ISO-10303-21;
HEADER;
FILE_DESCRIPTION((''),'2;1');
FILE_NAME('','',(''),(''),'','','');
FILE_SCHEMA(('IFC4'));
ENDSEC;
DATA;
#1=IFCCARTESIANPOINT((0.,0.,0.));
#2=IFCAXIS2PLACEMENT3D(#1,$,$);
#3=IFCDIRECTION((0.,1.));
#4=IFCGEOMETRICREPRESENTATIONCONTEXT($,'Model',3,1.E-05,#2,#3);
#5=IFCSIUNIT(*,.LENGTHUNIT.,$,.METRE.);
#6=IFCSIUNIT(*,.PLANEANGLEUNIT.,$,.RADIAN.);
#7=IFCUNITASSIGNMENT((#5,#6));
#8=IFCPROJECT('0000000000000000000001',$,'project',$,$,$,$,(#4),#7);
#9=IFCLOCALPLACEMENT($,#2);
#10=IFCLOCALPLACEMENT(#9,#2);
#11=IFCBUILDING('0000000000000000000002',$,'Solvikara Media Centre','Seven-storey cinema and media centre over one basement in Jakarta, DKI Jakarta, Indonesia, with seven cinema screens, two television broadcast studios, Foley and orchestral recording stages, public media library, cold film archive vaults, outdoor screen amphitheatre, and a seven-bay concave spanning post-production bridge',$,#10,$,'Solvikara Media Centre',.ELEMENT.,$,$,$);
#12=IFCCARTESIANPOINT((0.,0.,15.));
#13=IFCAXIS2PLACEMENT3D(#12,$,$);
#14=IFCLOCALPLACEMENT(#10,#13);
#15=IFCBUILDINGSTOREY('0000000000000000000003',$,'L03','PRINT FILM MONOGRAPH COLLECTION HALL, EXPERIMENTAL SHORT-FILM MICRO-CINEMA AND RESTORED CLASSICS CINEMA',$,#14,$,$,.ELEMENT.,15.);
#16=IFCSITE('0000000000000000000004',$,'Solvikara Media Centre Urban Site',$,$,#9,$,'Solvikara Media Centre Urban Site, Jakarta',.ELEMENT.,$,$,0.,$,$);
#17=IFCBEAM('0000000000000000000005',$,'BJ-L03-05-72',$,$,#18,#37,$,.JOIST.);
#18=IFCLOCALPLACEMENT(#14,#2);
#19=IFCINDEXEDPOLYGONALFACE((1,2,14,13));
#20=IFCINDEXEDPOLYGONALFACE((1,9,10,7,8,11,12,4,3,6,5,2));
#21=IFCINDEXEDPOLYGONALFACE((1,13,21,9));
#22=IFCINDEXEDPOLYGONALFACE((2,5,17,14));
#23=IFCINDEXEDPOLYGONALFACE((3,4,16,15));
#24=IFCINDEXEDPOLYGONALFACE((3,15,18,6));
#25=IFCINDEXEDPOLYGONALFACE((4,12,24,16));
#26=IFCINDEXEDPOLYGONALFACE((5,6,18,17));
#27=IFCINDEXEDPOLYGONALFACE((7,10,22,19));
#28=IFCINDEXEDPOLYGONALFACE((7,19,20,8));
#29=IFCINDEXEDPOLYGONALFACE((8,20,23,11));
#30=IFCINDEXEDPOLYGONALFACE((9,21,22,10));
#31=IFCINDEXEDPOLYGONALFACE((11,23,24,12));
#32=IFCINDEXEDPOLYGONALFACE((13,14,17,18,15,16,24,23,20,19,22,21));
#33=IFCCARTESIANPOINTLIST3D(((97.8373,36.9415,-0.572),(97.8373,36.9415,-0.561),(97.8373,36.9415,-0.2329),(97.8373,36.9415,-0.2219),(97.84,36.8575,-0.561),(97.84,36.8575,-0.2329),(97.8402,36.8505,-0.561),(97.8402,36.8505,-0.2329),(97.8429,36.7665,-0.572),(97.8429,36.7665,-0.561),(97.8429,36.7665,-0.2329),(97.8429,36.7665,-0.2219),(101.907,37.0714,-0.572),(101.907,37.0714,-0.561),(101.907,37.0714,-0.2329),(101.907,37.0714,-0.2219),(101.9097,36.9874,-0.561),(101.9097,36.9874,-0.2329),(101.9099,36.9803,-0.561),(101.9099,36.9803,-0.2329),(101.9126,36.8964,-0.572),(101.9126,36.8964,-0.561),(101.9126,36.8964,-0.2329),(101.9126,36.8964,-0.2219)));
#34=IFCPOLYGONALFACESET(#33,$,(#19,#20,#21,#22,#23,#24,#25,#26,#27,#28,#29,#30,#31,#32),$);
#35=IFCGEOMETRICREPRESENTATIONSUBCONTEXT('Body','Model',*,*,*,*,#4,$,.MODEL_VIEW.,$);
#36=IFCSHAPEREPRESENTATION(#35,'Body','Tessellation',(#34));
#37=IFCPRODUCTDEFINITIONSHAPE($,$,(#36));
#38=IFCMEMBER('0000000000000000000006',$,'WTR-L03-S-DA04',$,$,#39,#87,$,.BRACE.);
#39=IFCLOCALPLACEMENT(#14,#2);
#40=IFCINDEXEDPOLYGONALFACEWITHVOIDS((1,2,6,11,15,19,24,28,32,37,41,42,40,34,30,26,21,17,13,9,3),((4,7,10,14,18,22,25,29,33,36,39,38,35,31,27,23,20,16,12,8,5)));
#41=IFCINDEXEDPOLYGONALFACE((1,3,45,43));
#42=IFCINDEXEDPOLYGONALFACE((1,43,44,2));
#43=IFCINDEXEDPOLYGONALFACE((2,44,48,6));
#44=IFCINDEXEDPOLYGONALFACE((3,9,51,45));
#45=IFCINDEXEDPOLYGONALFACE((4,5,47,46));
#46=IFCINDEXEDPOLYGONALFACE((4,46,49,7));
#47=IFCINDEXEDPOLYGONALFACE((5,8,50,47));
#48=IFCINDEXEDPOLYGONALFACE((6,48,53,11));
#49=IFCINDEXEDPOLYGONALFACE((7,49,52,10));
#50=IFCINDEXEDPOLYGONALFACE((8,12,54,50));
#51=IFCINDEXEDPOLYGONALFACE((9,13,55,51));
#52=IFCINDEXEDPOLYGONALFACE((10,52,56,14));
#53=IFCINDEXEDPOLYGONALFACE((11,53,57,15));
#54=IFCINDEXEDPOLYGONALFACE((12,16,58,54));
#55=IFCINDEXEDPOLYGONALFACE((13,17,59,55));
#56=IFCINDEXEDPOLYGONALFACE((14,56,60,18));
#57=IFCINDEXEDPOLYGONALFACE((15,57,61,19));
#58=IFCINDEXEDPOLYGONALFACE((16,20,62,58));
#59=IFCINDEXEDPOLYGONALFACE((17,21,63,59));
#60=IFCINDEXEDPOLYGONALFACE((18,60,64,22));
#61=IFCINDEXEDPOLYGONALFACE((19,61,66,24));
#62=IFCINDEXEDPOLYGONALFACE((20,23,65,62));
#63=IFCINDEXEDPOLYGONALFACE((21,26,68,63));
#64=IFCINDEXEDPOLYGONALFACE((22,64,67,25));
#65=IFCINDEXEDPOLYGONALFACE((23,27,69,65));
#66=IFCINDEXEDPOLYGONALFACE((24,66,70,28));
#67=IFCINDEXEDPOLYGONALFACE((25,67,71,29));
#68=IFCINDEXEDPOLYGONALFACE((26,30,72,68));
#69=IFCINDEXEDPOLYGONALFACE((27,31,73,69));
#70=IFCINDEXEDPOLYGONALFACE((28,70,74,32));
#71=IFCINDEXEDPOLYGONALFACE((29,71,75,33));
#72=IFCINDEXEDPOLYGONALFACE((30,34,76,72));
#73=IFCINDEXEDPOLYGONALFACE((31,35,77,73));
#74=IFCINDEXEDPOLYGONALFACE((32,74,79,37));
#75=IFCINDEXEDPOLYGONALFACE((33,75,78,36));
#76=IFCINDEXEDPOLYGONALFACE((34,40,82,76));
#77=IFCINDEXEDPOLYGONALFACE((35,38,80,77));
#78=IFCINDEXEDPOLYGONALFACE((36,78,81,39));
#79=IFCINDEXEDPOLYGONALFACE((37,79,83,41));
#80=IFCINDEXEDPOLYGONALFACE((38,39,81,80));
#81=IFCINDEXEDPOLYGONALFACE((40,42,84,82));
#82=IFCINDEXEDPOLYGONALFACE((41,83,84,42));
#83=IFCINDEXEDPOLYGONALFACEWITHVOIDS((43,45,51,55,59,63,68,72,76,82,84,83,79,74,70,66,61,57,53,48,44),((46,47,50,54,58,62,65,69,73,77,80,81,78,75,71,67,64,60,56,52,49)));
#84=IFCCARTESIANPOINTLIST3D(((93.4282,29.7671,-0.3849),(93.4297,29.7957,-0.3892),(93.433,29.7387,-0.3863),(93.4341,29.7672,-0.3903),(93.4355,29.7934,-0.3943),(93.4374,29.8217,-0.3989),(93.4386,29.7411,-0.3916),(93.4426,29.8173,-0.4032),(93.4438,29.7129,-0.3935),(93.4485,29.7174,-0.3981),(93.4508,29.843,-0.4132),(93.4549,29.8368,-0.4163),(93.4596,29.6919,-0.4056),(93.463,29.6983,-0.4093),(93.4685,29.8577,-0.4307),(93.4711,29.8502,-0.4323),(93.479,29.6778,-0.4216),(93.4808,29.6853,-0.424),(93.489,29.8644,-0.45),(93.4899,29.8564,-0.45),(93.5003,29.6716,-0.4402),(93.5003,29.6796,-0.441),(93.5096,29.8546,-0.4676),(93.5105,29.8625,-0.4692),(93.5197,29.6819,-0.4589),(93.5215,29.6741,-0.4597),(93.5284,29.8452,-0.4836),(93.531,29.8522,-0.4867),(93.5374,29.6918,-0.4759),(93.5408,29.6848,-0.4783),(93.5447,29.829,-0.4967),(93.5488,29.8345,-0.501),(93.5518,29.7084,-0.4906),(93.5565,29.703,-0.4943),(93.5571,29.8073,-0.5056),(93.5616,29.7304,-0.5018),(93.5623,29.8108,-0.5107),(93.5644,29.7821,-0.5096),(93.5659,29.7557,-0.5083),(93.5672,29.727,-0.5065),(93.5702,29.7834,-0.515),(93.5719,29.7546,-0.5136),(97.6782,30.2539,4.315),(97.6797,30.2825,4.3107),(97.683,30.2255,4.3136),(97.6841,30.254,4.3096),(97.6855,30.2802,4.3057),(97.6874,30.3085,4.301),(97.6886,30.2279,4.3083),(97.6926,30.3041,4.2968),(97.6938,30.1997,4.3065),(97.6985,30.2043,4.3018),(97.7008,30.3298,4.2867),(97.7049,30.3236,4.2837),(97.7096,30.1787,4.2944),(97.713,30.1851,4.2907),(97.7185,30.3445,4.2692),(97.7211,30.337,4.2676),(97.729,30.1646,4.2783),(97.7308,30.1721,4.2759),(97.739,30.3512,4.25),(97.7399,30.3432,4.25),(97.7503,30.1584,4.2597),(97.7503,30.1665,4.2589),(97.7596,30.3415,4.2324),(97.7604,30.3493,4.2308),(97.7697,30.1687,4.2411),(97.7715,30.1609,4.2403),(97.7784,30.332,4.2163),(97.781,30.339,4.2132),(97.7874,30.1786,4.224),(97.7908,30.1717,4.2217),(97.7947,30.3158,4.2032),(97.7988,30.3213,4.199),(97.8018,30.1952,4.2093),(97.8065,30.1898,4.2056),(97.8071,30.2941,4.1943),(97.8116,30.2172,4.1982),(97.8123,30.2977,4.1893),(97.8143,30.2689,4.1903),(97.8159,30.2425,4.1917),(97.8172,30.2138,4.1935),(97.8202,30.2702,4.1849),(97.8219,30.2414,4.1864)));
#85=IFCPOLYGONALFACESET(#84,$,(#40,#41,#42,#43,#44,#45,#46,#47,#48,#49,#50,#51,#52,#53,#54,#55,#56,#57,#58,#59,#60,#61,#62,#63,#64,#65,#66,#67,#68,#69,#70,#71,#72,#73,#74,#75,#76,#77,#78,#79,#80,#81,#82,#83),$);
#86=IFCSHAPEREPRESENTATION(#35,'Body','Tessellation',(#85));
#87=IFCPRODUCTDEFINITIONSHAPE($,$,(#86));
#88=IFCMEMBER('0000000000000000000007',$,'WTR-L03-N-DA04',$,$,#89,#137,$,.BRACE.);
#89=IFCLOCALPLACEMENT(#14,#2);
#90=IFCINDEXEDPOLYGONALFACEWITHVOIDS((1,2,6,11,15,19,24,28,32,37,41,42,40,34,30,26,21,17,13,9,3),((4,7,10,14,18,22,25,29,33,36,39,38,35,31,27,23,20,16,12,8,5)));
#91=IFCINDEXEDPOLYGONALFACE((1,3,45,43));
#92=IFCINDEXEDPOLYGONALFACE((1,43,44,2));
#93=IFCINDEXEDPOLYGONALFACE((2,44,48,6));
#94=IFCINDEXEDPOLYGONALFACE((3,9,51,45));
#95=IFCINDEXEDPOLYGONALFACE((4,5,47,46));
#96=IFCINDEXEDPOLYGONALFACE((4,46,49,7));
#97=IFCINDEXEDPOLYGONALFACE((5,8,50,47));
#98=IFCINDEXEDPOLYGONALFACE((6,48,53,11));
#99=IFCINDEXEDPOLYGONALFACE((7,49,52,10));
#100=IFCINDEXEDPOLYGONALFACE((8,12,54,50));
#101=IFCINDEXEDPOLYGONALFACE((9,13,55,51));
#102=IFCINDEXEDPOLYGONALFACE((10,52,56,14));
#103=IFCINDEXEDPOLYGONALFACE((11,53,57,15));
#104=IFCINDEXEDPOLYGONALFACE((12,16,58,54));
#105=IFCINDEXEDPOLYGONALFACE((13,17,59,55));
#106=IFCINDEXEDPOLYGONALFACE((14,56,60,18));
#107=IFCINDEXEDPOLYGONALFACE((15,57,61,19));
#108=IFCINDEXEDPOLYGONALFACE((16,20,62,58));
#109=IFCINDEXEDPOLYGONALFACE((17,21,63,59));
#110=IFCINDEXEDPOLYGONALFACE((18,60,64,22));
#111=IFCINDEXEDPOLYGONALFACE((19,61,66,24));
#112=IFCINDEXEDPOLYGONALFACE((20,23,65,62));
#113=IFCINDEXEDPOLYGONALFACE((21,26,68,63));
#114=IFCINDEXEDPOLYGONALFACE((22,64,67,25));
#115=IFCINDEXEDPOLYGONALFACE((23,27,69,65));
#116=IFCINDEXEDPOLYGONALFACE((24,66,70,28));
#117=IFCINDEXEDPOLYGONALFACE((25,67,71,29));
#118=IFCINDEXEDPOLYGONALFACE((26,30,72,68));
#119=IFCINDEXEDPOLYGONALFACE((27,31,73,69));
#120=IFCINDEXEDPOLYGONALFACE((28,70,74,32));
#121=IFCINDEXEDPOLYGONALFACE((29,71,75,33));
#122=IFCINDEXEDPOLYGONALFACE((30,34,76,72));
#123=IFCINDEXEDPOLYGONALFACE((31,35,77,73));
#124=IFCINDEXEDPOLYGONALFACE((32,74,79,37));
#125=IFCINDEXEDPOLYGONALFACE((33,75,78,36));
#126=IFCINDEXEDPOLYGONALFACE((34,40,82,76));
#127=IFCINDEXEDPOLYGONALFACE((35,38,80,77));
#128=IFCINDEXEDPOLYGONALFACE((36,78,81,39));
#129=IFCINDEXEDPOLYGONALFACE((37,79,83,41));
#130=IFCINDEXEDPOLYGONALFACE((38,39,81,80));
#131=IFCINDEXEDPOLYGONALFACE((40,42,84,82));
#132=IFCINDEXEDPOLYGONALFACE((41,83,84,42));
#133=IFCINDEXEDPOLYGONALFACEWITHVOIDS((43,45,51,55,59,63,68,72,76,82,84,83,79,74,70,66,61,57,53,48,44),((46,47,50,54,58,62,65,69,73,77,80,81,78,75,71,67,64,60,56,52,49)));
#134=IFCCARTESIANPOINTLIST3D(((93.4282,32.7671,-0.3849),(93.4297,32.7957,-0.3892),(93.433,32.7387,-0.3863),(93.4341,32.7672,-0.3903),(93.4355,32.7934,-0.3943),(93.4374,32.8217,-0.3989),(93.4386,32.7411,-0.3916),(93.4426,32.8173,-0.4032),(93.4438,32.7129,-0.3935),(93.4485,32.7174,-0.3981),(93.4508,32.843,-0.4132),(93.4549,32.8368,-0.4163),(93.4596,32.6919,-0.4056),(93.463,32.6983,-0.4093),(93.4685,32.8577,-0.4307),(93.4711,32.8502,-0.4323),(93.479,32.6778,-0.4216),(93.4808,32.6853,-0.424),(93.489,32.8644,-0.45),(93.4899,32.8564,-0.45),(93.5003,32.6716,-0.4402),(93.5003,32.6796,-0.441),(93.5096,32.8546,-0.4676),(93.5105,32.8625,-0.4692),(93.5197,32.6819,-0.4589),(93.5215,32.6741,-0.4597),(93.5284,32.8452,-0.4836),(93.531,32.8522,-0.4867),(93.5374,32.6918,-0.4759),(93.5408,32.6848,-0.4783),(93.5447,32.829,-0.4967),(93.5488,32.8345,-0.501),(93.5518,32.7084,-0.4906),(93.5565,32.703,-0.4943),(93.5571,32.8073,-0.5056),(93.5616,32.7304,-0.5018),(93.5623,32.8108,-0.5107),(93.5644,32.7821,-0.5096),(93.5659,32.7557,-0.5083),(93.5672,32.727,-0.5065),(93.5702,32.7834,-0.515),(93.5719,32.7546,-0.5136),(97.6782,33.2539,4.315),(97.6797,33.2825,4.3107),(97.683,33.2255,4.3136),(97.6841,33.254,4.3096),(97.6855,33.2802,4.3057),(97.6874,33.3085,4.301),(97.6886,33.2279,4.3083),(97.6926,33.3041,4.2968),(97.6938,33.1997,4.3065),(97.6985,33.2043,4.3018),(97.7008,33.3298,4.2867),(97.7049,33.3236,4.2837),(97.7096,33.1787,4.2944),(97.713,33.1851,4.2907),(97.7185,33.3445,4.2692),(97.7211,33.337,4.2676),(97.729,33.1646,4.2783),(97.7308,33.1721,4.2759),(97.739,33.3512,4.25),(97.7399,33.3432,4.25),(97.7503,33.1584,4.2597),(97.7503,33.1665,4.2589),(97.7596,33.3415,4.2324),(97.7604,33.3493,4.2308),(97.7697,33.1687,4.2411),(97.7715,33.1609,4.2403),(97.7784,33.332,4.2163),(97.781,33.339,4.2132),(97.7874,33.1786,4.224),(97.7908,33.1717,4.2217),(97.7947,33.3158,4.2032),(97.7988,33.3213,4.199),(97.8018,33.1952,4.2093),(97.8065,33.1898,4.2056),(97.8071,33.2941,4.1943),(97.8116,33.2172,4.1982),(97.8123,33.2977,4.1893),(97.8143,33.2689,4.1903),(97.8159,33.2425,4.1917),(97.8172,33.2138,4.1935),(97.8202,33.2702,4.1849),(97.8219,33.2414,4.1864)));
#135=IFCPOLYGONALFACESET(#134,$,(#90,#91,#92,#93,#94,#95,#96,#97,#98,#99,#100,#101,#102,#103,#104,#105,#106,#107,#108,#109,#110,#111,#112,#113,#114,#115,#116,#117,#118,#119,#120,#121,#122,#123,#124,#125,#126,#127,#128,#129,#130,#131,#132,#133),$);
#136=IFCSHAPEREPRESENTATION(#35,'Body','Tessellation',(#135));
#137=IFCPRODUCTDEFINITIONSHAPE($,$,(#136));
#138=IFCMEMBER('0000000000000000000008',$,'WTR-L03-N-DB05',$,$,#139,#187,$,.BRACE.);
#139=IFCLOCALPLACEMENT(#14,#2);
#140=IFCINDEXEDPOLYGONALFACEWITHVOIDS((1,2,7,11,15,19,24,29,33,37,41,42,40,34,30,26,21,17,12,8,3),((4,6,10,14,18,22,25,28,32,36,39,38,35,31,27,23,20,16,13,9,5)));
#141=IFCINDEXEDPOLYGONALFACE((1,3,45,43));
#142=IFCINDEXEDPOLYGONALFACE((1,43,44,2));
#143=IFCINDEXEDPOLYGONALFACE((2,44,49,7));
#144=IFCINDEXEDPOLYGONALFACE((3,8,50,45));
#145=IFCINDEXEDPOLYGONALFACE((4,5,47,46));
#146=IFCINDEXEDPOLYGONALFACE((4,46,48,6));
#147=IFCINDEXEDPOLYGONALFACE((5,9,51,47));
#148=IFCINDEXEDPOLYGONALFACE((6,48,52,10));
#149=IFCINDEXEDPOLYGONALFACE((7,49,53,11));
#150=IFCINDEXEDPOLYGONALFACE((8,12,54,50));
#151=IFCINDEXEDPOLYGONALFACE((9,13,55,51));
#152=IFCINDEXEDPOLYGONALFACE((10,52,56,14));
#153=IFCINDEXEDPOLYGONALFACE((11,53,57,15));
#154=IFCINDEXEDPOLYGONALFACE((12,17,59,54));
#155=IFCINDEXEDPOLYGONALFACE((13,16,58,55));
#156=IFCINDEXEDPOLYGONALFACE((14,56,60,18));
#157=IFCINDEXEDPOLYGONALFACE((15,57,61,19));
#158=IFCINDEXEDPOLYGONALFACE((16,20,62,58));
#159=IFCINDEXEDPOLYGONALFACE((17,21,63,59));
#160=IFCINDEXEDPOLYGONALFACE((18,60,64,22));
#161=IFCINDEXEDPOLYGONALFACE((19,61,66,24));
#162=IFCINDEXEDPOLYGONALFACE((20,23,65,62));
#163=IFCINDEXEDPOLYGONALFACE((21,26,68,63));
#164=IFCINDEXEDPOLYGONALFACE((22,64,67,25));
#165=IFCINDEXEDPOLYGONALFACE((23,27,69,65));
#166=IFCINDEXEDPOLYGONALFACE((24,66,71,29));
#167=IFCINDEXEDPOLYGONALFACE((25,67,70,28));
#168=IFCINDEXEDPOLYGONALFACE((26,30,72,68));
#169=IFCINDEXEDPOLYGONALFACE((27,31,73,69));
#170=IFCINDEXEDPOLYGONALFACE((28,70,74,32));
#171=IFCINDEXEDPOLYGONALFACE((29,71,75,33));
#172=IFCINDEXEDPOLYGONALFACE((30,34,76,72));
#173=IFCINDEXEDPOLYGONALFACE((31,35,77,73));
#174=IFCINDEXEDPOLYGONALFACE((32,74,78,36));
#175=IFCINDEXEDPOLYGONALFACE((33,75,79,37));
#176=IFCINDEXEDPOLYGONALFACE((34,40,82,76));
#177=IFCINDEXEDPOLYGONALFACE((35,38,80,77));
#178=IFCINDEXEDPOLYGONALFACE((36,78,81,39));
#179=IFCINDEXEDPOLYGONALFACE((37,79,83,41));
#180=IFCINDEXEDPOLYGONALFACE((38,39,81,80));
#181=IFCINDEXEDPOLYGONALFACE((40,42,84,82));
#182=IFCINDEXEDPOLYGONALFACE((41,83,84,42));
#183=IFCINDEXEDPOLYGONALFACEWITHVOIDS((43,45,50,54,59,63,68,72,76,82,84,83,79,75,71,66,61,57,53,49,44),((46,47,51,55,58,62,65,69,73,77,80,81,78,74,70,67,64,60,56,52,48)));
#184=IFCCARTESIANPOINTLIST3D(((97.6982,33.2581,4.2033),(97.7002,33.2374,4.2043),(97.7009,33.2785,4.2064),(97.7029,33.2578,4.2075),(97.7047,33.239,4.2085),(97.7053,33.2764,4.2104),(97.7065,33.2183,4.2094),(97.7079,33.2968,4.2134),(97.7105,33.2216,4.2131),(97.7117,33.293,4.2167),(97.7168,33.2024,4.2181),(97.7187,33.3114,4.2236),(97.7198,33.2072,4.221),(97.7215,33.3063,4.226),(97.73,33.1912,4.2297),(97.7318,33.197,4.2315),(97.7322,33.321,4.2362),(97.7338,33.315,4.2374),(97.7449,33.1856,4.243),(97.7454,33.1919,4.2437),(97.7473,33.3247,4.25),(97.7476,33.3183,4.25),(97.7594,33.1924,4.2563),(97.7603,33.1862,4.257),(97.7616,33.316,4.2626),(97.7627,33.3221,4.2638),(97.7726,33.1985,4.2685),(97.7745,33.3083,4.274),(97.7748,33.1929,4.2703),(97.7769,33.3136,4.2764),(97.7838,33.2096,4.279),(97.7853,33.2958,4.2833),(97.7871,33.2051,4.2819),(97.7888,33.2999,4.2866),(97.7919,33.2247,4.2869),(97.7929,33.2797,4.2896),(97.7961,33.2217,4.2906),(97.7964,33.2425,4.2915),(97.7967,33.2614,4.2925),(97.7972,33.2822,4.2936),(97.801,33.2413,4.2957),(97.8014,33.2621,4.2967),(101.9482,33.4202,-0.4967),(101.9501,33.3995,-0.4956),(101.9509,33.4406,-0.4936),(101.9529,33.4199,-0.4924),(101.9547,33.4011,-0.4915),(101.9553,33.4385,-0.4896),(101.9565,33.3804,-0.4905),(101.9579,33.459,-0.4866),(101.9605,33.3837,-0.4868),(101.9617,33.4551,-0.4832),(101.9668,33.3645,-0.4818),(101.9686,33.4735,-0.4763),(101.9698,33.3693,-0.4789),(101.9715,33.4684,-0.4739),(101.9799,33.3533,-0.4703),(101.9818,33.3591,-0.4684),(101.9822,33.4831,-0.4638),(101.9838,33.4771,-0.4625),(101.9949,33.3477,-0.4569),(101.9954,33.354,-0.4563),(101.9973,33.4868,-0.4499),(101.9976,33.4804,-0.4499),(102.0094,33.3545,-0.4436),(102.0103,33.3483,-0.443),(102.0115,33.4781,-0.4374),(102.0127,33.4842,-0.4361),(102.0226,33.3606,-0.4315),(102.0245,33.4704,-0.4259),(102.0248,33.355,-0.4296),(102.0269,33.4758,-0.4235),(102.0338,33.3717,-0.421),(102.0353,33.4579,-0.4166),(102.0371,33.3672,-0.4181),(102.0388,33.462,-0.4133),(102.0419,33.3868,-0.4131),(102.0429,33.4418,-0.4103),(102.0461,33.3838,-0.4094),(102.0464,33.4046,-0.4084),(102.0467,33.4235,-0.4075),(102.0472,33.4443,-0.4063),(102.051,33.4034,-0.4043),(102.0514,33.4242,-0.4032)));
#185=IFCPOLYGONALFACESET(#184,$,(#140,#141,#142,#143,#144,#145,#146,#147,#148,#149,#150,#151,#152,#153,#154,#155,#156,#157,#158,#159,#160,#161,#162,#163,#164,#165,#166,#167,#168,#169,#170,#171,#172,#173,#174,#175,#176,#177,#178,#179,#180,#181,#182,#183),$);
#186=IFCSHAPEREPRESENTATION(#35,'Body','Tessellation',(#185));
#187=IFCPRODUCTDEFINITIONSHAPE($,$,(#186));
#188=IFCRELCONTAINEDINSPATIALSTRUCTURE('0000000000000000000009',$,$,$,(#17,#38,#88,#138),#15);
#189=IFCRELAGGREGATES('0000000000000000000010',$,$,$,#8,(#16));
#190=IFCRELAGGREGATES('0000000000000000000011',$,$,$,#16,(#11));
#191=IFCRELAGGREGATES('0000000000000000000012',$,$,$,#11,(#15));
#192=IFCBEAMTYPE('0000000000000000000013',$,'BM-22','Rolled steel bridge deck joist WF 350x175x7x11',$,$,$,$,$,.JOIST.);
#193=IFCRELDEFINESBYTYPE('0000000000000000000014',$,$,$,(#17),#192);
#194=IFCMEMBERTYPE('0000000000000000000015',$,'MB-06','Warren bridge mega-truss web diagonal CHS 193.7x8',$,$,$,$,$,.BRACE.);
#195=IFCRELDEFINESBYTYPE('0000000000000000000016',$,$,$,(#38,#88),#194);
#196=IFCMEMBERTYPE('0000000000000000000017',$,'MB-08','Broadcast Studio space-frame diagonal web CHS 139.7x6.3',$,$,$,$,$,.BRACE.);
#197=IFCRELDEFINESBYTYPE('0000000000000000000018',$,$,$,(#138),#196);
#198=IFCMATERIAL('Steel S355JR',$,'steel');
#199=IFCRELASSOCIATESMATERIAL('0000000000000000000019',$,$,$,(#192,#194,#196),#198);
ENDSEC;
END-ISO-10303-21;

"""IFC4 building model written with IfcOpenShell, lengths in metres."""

from ifc_helpers import new_model, si_unit, direction, frame, origin, origin_2d, place, context, subcontext, project, spatial, hollow_circle, i_section, extrude, material, material_profile, profile_set, type_object, element, save


model = new_model("IFC4")

# Units and contexts
model_context = context("Model", 3, precision=1e-05, world=origin(), true_north=direction((0.0, 1.0)))
body_context = subcontext(model_context, "Body", "Model", "MODEL_VIEW")
ifc_project = project(units=[si_unit("LENGTHUNIT", "METRE"), si_unit("PLANEANGLEUNIT", "RADIAN")], contexts=[model_context])

# Site, building, storey
site_placement = place(None, origin())
site = spatial("IfcSite", under=ifc_project, at=site_placement, Name="Solvikara Media Centre Urban Site", LongName="Solvikara Media Centre Urban Site, Jakarta", CompositionType="ELEMENT", RefElevation=0.0)
building_placement = place(site_placement, origin())
building = spatial("IfcBuilding", under=site, at=building_placement, Name="Solvikara Media Centre", Description="Seven-storey cinema and media centre over one basement in Jakarta, DKI Jakarta, Indonesia, with seven cinema screens, two television broadcast studios, Foley and orchestral recording stages, public media library, cold film archive vaults, outdoor screen amphitheatre, and a seven-bay concave spanning post-production bridge", LongName="Solvikara Media Centre", CompositionType="ELEMENT")
storey_placement = place(building_placement, frame((0.0, 0.0, 15.0)))
storey = spatial("IfcBuildingStorey", under=building, at=storey_placement, Name="L03", Description="PRINT FILM MONOGRAPH COLLECTION HALL, EXPERIMENTAL SHORT-FILM MICRO-CINEMA AND RESTORED CLASSICS CINEMA", CompositionType="ELEMENT", Elevation=15.0)

# Beam
ifc_material_1 = material(Name="Steel S355JR", Category="steel")
ifc_material_profile_1 = material_profile(ifc_material_1, i_section(OverallWidth=0.175, OverallDepth=0.3501, WebThickness=0.0071, FlangeThickness=0.011, at=origin_2d()), Name="WF 350x175x7x11")
ifc_profile_set_1 = profile_set([ifc_material_profile_1], Name="Steel S355JR")
beam_type_1 = type_object("IfcBeamType", Name="BM-22", Description="Rolled steel bridge deck joist WF 350x175x7x11", PredefinedType="JOIST", material=ifc_profile_set_1)
beam_1_placement = place(storey_placement, frame((97.8401, 36.854, -0.397), z_axis=(0.999491, 0.031897, 0.0), x_axis=(-0.031897, 0.999491, 0.0)))
element("IfcBeam", 1, at=beam_1_placement, inside=storey, type_object=beam_type_1, Name="BJ-L03-05-72", PredefinedType="JOIST", context=body_context, shape_type="SweptSolid", body=[
    extrude(i_section(OverallWidth=0.175, OverallDepth=0.3501, WebThickness=0.0071, FlangeThickness=0.011, at=origin_2d()), origin(), (0.0, 0.0, 1.0), 4.0718),
])

# Members
ifc_material_profile_2 = material_profile(ifc_material_1, hollow_circle(Radius=0.0969, WallThickness=0.0081, at=origin_2d()), Name="CHS 193.7x8")
ifc_profile_set_2 = profile_set([ifc_material_profile_2], Name="Steel S355JR")
member_type_1 = type_object("IfcMemberType", Name="MB-06", Description="Warren bridge mega-truss web diagonal CHS 193.7x8", PredefinedType="BRACE", material=ifc_profile_set_2)
for number, where, z_axis, x_axis, name in (
    (2, (93.5, 29.7681, -0.45), (0.66874, 0.076601, 0.73954), (-0.113801, 0.993504, 0.0), "WTR-L03-S-DA04"),
    (3, (93.5, 32.7681, -0.45), (0.66874, 0.076601, 0.73954), (-0.113801, 0.993504, 0.0), "WTR-L03-N-DA04"),
):
    element("IfcMember", number, at=place(storey_placement, frame(where, z_axis=z_axis, x_axis=x_axis)), inside=storey, type_object=member_type_1, Name=name, PredefinedType="BRACE", context=body_context, shape_type="SweptSolid", body=[
        extrude(hollow_circle(Radius=0.0969, WallThickness=0.0081, at=origin_2d()), origin(), (0.0, 0.0, 1.0), 6.3552),
    ])
ifc_material_profile_3 = material_profile(ifc_material_1, hollow_circle(Radius=0.0698, WallThickness=0.0063, at=origin_2d()), Name="CHS 139.7x6.3")
ifc_profile_set_3 = profile_set([ifc_material_profile_3], Name="Steel S355JR")
member_type_2 = type_object("IfcMemberType", Name="MB-08", Description="Broadcast Studio space-frame diagonal web CHS 139.7x6.3", PredefinedType="BRACE", material=ifc_profile_set_3)
member_1_placement = place(storey_placement, frame((97.75, 33.2549, 4.25), z_axis=(0.670491, 0.025575, -0.741477), x_axis=(-0.038116, 0.999273, 0.0)))
element("IfcMember", 4, at=member_1_placement, inside=storey, type_object=member_type_2, Name="WTR-L03-N-DB05", PredefinedType="BRACE", context=body_context, shape_type="SweptSolid", body=[
    extrude(hollow_circle(Radius=0.0698, WallThickness=0.0063, at=origin_2d()), origin(), (0.0, 0.0, 1.0), 6.3386),
])

save(model, "model.ifc")
